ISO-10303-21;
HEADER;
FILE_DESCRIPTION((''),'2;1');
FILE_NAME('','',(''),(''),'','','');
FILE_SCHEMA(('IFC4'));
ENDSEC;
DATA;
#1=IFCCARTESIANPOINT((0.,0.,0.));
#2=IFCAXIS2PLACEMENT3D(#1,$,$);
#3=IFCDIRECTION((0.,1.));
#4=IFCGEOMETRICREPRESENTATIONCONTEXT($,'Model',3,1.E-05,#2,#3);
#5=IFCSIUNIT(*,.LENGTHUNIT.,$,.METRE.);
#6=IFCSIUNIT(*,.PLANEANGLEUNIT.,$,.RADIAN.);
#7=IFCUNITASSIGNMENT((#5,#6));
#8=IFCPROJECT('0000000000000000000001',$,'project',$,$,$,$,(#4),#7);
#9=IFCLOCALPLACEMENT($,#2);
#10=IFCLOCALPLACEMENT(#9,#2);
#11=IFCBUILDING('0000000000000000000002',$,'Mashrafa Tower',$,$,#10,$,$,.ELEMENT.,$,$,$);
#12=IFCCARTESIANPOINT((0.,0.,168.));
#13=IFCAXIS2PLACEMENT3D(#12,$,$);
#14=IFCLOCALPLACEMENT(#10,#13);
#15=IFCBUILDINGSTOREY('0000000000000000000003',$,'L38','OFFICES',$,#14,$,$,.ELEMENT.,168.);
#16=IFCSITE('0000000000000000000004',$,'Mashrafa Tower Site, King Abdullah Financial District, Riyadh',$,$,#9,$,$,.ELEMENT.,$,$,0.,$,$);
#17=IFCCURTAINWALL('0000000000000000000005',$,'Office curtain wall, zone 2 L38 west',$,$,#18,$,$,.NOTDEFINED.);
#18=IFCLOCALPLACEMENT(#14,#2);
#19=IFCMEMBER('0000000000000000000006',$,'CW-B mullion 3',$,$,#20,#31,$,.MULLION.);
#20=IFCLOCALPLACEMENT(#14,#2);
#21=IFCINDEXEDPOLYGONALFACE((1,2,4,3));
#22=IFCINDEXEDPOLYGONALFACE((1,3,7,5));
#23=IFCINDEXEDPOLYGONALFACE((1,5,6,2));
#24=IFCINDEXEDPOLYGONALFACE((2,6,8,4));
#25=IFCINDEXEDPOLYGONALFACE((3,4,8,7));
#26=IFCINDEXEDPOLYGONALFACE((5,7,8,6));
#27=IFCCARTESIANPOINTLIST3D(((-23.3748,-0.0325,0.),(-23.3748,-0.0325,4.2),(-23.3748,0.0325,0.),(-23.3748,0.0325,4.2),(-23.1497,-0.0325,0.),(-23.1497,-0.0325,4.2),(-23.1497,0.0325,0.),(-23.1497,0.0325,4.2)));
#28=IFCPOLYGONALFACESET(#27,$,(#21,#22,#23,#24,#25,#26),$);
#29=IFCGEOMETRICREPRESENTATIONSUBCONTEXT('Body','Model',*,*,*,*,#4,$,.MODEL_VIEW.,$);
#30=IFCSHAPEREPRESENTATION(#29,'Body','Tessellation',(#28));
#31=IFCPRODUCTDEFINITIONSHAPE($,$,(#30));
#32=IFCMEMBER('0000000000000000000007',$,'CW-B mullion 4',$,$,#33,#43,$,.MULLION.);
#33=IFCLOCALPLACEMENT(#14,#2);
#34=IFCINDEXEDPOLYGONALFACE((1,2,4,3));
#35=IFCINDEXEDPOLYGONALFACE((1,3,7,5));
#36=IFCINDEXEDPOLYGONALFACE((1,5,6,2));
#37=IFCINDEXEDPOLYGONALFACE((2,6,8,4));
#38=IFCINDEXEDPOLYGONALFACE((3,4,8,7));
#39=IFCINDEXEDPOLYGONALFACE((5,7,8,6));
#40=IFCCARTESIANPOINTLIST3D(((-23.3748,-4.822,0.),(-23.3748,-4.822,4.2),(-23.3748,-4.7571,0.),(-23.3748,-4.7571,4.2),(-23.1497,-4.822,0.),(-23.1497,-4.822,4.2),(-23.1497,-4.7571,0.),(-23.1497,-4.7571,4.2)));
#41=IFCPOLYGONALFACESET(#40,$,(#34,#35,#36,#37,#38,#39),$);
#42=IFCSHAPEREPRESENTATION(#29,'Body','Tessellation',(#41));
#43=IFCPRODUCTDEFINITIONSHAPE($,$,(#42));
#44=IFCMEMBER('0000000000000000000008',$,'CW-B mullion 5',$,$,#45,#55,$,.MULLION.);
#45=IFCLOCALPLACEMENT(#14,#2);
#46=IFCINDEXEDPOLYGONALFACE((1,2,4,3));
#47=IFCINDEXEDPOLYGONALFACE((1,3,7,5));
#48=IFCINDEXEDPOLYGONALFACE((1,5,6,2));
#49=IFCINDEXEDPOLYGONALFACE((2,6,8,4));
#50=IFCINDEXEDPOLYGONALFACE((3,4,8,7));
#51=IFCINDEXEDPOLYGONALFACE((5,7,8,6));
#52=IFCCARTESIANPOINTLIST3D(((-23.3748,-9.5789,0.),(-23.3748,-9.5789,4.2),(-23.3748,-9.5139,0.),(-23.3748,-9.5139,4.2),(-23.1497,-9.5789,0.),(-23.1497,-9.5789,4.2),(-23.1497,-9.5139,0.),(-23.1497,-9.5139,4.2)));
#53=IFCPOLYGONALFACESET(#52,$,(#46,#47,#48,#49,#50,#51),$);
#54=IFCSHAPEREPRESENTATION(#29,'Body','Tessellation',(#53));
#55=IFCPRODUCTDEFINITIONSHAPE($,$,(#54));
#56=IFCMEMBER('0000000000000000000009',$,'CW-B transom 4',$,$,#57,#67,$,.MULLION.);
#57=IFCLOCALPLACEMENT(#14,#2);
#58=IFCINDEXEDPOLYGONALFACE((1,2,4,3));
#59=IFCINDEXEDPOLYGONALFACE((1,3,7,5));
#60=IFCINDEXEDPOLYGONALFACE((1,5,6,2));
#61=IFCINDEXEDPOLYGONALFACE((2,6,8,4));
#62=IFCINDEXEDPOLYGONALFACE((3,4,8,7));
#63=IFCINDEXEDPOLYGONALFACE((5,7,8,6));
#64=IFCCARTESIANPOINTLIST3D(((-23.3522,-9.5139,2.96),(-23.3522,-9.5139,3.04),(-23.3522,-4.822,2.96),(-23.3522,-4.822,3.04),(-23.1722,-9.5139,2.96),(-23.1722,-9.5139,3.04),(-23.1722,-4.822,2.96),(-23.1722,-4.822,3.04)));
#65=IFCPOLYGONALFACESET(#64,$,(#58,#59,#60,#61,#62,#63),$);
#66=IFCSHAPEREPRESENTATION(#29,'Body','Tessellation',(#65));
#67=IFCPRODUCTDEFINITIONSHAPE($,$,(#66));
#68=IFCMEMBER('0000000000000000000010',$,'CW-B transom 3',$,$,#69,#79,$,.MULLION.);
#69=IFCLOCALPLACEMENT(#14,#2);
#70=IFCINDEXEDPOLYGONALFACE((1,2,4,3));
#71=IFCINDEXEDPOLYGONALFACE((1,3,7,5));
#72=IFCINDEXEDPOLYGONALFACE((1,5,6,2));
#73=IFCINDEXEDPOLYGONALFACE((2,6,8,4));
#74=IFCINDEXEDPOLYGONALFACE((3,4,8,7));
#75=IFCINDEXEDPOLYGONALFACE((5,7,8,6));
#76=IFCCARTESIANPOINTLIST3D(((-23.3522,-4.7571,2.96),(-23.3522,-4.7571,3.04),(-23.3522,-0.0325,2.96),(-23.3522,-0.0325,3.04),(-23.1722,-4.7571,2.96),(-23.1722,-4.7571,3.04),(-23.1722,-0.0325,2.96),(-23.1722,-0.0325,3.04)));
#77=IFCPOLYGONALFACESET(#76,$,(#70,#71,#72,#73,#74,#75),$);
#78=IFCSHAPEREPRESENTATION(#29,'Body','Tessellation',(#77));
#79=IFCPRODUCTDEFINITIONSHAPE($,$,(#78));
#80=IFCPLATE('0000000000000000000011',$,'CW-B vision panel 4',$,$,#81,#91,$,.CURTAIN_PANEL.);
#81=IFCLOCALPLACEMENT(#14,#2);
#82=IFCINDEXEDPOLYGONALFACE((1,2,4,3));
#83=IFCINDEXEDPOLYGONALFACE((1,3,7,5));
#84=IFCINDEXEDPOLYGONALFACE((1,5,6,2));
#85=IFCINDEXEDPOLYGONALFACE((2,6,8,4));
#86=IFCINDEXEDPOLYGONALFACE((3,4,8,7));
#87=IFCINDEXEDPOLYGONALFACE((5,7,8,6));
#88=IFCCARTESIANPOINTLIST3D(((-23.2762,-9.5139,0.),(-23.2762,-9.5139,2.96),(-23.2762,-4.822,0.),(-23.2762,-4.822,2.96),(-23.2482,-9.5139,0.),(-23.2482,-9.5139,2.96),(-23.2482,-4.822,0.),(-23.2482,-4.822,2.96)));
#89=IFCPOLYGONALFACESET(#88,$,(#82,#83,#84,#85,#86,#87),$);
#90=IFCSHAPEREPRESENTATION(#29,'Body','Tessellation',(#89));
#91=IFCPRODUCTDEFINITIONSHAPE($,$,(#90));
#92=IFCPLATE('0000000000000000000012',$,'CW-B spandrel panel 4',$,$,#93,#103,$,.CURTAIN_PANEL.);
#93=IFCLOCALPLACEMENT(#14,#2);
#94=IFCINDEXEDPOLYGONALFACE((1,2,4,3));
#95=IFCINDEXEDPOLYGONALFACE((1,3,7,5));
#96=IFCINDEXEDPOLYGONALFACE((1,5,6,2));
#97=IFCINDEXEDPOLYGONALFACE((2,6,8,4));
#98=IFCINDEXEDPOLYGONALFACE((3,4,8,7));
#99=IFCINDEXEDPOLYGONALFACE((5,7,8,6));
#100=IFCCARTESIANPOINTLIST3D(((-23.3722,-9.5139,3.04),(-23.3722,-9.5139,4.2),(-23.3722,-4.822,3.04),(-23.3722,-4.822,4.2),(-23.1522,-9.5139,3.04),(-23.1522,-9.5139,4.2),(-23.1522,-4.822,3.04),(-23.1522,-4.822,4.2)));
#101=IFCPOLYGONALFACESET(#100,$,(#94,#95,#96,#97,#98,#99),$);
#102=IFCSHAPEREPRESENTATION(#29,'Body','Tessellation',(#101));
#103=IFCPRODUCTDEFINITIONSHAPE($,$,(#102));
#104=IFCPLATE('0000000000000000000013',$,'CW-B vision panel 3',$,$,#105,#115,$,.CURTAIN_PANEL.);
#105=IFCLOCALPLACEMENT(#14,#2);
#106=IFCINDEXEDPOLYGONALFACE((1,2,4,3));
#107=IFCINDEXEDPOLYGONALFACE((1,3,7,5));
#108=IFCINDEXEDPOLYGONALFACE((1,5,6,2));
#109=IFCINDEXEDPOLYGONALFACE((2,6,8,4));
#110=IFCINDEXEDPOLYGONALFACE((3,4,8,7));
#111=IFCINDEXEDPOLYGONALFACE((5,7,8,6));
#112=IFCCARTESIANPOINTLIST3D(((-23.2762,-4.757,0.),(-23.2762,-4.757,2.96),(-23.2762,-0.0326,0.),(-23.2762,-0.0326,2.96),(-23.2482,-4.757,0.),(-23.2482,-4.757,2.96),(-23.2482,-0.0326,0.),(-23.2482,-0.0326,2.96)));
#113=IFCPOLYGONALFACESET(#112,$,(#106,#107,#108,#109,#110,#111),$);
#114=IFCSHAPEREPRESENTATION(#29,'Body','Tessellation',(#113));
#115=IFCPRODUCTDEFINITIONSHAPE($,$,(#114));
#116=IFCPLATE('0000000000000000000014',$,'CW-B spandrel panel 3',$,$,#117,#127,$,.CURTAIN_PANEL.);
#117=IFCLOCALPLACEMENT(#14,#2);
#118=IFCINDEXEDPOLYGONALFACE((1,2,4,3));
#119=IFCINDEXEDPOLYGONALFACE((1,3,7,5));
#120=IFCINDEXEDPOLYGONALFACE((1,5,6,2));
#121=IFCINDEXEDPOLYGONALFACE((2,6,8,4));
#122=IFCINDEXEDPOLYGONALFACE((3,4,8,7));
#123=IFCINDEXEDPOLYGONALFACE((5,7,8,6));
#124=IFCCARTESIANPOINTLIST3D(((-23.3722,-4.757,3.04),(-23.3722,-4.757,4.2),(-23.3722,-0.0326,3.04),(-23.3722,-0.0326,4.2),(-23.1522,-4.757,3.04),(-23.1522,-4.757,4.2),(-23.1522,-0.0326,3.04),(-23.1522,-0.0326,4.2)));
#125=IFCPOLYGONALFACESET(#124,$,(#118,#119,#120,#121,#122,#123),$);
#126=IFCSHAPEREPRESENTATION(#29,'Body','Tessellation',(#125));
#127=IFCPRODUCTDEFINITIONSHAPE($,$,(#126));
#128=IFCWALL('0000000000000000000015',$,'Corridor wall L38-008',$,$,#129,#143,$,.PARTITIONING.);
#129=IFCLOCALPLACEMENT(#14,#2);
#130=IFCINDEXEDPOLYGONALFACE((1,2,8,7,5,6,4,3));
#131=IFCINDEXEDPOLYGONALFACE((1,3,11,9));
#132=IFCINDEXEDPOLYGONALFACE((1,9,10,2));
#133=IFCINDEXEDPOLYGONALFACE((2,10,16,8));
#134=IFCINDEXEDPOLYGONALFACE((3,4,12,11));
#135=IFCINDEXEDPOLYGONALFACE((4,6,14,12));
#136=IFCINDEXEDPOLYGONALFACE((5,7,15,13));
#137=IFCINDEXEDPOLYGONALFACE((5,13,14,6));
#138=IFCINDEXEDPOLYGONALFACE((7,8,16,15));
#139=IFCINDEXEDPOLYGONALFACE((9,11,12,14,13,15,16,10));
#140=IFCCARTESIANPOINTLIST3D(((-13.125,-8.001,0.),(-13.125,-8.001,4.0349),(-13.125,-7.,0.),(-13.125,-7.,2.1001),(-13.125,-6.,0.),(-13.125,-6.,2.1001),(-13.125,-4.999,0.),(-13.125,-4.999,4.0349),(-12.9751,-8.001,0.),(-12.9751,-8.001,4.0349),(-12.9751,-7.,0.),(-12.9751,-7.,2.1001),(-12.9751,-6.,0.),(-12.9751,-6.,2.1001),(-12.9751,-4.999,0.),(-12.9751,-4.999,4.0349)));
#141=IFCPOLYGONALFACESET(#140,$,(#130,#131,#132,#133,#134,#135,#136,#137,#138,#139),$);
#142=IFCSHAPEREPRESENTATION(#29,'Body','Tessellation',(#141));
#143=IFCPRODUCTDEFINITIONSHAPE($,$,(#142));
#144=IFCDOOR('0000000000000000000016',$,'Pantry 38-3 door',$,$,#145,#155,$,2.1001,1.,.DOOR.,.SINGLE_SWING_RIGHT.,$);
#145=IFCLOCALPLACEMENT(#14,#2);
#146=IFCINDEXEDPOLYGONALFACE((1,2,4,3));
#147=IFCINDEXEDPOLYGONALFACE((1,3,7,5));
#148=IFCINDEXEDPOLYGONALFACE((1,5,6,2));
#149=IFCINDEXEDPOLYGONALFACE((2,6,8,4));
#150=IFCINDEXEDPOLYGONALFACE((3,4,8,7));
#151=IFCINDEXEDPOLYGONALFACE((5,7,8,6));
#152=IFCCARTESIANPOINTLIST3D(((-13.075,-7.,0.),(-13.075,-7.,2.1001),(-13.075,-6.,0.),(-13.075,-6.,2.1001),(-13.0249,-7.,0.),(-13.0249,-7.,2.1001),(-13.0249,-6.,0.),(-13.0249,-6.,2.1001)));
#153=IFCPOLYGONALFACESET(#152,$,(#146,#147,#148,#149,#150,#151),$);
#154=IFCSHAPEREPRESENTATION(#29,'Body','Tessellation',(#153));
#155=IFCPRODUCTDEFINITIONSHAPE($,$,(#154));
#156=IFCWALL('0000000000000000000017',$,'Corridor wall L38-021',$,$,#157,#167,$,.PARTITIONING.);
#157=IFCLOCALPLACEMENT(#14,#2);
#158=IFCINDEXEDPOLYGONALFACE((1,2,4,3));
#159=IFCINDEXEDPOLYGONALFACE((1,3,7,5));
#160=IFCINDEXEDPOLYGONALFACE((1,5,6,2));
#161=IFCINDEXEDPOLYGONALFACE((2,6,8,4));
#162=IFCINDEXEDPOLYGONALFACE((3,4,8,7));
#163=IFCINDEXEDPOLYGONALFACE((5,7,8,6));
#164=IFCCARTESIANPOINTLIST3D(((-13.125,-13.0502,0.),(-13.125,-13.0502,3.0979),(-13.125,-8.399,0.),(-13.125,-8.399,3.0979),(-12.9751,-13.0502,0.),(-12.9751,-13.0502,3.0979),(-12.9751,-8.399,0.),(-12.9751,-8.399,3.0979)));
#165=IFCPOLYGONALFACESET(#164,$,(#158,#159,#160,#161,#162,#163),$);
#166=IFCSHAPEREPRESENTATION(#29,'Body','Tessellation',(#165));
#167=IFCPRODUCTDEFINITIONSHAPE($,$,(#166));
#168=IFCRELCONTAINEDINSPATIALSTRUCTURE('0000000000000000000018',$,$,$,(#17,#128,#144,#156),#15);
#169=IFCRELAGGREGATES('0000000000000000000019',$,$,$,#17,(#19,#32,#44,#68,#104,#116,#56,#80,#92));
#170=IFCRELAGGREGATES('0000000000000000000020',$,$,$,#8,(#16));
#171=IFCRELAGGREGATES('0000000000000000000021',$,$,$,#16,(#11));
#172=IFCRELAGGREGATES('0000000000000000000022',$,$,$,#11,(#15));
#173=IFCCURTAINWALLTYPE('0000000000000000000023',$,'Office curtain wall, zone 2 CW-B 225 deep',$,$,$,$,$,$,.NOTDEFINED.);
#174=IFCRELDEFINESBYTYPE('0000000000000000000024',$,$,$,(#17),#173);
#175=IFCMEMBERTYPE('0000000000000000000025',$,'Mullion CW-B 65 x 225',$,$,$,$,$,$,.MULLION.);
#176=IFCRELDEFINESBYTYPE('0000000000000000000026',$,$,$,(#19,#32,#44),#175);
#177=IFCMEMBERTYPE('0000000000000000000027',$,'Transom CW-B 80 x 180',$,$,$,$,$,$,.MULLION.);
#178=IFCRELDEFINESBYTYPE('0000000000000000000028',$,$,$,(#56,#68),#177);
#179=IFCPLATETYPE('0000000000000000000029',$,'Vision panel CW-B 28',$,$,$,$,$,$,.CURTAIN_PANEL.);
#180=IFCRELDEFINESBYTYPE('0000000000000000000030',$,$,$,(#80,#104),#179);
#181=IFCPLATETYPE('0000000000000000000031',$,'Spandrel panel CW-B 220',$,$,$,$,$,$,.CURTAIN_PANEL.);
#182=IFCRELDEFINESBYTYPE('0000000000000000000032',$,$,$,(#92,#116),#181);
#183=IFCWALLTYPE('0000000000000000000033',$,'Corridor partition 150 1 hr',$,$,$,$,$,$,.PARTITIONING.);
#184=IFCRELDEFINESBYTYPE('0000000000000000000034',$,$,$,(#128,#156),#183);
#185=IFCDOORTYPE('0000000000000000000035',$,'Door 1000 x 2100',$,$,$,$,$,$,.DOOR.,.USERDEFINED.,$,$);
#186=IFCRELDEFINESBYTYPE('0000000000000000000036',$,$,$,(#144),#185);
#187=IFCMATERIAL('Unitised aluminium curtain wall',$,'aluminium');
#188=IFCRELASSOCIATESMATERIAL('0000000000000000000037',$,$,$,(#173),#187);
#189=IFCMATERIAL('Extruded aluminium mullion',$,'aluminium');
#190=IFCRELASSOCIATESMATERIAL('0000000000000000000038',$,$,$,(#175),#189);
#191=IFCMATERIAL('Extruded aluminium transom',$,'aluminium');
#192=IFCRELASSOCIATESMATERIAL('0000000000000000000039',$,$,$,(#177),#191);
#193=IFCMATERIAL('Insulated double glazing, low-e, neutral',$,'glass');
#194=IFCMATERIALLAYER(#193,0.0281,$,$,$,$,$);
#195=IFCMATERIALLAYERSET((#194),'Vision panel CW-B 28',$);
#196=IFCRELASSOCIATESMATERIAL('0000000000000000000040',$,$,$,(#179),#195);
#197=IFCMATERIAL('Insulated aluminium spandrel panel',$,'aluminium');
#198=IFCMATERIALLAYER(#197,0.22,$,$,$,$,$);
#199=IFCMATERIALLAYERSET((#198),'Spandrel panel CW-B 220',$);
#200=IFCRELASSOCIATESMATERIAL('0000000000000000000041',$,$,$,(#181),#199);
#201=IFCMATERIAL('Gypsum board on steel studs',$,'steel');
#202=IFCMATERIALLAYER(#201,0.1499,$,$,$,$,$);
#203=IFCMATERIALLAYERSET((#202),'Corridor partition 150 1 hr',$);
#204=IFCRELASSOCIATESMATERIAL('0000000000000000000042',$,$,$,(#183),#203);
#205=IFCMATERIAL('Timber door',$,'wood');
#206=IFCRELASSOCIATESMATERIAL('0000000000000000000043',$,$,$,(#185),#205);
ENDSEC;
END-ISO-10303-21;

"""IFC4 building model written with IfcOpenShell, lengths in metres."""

from ifc_helpers import new_model, si_unit, direction, frame, frame_2d, origin, origin_2d, place, context, subcontext, project, spatial, rectangle, extrude, source, transform, mapped, material, layer, layer_set, material_profile, profile_set, type_object, type_shapes, element, fill, aggregate, save


model = new_model("IFC4")

# Units and contexts
model_context = context("Model", 3, precision=1e-05, world=origin(), true_north=direction((0.0, 1.0)))
body_context = subcontext(model_context, "Body", "Model", "MODEL_VIEW")
ifc_project = project(units=[si_unit("LENGTHUNIT", "METRE"), si_unit("PLANEANGLEUNIT", "RADIAN")], contexts=[model_context])

# Site, building, storey
site_placement = place(None, origin())
site = spatial("IfcSite", under=ifc_project, at=site_placement, Name="Mashrafa Tower Site, King Abdullah Financial District, Riyadh", CompositionType="ELEMENT", RefElevation=0.0)
building_placement = place(site_placement, origin())
building = spatial("IfcBuilding", under=site, at=building_placement, Name="Mashrafa Tower", CompositionType="ELEMENT")
storey_placement = place(building_placement, frame((0.0, 0.0, 168.0)))
storey = spatial("IfcBuildingStorey", under=building, at=storey_placement, Name="L38", Description="OFFICES", CompositionType="ELEMENT", Elevation=168.0)

# Curtain wall, members, plates
ifc_material_1 = material(Name="Unitised aluminium curtain wall", Category="aluminium")
curtain_wall_type = type_object("IfcCurtainWallType", Name="Office curtain wall, zone 2 CW-B 225 deep", PredefinedType="NOTDEFINED", material=ifc_material_1)
curtain_wall_placement = place(storey_placement, origin())
curtain_wall = element("IfcCurtainWall", 1, at=curtain_wall_placement, inside=storey, type_object=curtain_wall_type, Name="Office curtain wall, zone 2 L38 west", PredefinedType="NOTDEFINED")
ifc_material_2 = material(Name="Extruded aluminium mullion", Category="aluminium")
ifc_material_profile_1 = material_profile(ifc_material_2, rectangle(XDim=0.2251, YDim=0.0649, at=origin_2d()), Name="Mullion 65x225")
ifc_profile_set_1 = profile_set([ifc_material_profile_1], Name="Extruded aluminium mullion")
member_type_1 = type_object("IfcMemberType", Name="Mullion CW-B 65 x 225", PredefinedType="MULLION", material=ifc_profile_set_1)
shared_shape_1 = source(origin(), body_context, "Body", "SweptSolid", [
    extrude(rectangle(XDim=0.2251, YDim=0.0649, at=origin_2d()), origin(), (0.0, 0.0, 1.0), 4.2),
])
type_shapes(member_type_1, [shared_shape_1])
member_1_placement = place(storey_placement, frame((-23.2622, 0.0, 0.0), z_axis=(0.0, 0.0, 1.0), x_axis=(1.0, 0.0, 0.0)))
member_1 = element("IfcMember", 2, at=member_1_placement, type_object=member_type_1, Name="CW-B mullion 3", PredefinedType="MULLION", context=body_context, shape_type="MappedRepresentation", body=[
    mapped(shared_shape_1, transform((0.0, 0.0, 0.0))),
])
member_2_placement = place(storey_placement, frame((-23.2622, -4.7896, 0.0), z_axis=(0.0, 0.0, 1.0), x_axis=(1.0, 0.0, 0.0)))
member_2 = element("IfcMember", 3, at=member_2_placement, type_object=member_type_1, Name="CW-B mullion 4", PredefinedType="MULLION", context=body_context, shape_type="MappedRepresentation", body=[
    mapped(shared_shape_1, transform((0.0, 0.0, 0.0))),
])
member_3_placement = place(storey_placement, frame((-23.2622, -9.5464, 0.0), z_axis=(0.0, 0.0, 1.0), x_axis=(1.0, 0.0, 0.0)))
member_3 = element("IfcMember", 4, at=member_3_placement, type_object=member_type_1, Name="CW-B mullion 5", PredefinedType="MULLION", context=body_context, shape_type="MappedRepresentation", body=[
    mapped(shared_shape_1, transform((0.0, 0.0, 0.0))),
])
ifc_material_3 = material(Name="Extruded aluminium transom", Category="aluminium")
ifc_material_profile_2 = material_profile(ifc_material_3, rectangle(XDim=0.1799, YDim=0.0801, at=origin_2d()), Name="Transom 80x180")
ifc_profile_set_2 = profile_set([ifc_material_profile_2], Name="Extruded aluminium transom")
member_type_2 = type_object("IfcMemberType", Name="Transom CW-B 80 x 180", PredefinedType="MULLION", material=ifc_profile_set_2)
shared_shape_2 = source(origin(), body_context, "Body", "SweptSolid", [
    extrude(rectangle(XDim=0.1799, YDim=0.0801, at=origin_2d()), origin(), (0.0, 0.0, 1.0), 4.6919),
])
member_4_placement = place(storey_placement, frame((-23.2622, -4.822, 3.0), z_axis=(0.0, -1.0, 0.0), x_axis=(1.0, 0.0, 0.0)))
member_4 = element("IfcMember", 5, at=member_4_placement, type_object=member_type_2, Name="CW-B transom 4", PredefinedType="MULLION", context=body_context, shape_type="MappedRepresentation", body=[
    mapped(shared_shape_2, transform((0.0, 0.0, 0.0))),
])
shared_shape_3 = source(origin(), body_context, "Body", "SweptSolid", [
    extrude(rectangle(XDim=0.1799, YDim=0.0801, at=origin_2d()), origin(), (0.0, 0.0, 1.0), 4.7246),
])
type_shapes(member_type_2, [shared_shape_2, shared_shape_3])
member_5_placement = place(storey_placement, frame((-23.2622, -0.0325, 3.0), z_axis=(0.0, -1.0, 0.0), x_axis=(1.0, 0.0, 0.0)))
member_5 = element("IfcMember", 6, at=member_5_placement, type_object=member_type_2, Name="CW-B transom 3", PredefinedType="MULLION", context=body_context, shape_type="MappedRepresentation", body=[
    mapped(shared_shape_3, transform((0.0, 0.0, 0.0))),
])
ifc_material_4 = material(Name="Insulated double glazing, low-e, neutral", Category="glass")
ifc_layer_1 = layer(ifc_material_4, 0.0281)
ifc_layer_set_1 = layer_set([ifc_layer_1], Name="Vision panel CW-B 28")
plate_type_1 = type_object("IfcPlateType", Name="Vision panel CW-B 28", PredefinedType="CURTAIN_PANEL", material=ifc_layer_set_1)
shared_shape_4 = source(origin(), body_context, "Body", "SweptSolid", [
    extrude(rectangle(XDim=4.6919, YDim=0.0281, at=origin_2d()), origin(), (0.0, 0.0, 1.0), 2.96),
])
plate_1_placement = place(storey_placement, frame((-23.2622, -7.168, 0.0), z_axis=(0.0, 0.0, 1.0), x_axis=(0.0, -1.0, 0.0)))
plate_1 = element("IfcPlate", 7, at=plate_1_placement, type_object=plate_type_1, Name="CW-B vision panel 4", PredefinedType="CURTAIN_PANEL", context=body_context, shape_type="MappedRepresentation", body=[
    mapped(shared_shape_4, transform((0.0, 0.0, 0.0))),
])
ifc_material_5 = material(Name="Insulated aluminium spandrel panel", Category="aluminium")
ifc_layer_2 = layer(ifc_material_5, 0.22)
ifc_layer_set_2 = layer_set([ifc_layer_2], Name="Spandrel panel CW-B 220")
plate_type_2 = type_object("IfcPlateType", Name="Spandrel panel CW-B 220", PredefinedType="CURTAIN_PANEL", material=ifc_layer_set_2)
shared_shape_5 = source(origin(), body_context, "Body", "SweptSolid", [
    extrude(rectangle(XDim=4.6919, YDim=0.22, at=origin_2d()), origin(), (0.0, 0.0, 1.0), 1.1599),
])
plate_2_placement = place(storey_placement, frame((-23.2622, -7.168, 3.04), z_axis=(0.0, 0.0, 1.0), x_axis=(0.0, -1.0, 0.0)))
plate_2 = element("IfcPlate", 8, at=plate_2_placement, type_object=plate_type_2, Name="CW-B spandrel panel 4", PredefinedType="CURTAIN_PANEL", context=body_context, shape_type="MappedRepresentation", body=[
    mapped(shared_shape_5, transform((0.0, 0.0, 0.0))),
])
shared_shape_6 = source(origin(), body_context, "Body", "SweptSolid", [
    extrude(rectangle(XDim=4.7244, YDim=0.0281, at=origin_2d()), origin(), (0.0, 0.0, 1.0), 2.96),
])
type_shapes(plate_type_1, [shared_shape_4, shared_shape_6])
plate_3_placement = place(storey_placement, frame((-23.2622, -2.3948, 0.0), z_axis=(0.0, 0.0, 1.0), x_axis=(0.0, -1.0, 0.0)))
plate_3 = element("IfcPlate", 9, at=plate_3_placement, type_object=plate_type_1, Name="CW-B vision panel 3", PredefinedType="CURTAIN_PANEL", context=body_context, shape_type="MappedRepresentation", body=[
    mapped(shared_shape_6, transform((0.0, 0.0, 0.0))),
])
shared_shape_7 = source(origin(), body_context, "Body", "SweptSolid", [
    extrude(rectangle(XDim=4.7244, YDim=0.22, at=origin_2d()), origin(), (0.0, 0.0, 1.0), 1.1599),
])
type_shapes(plate_type_2, [shared_shape_5, shared_shape_7])
plate_4_placement = place(storey_placement, frame((-23.2622, -2.3948, 3.04), z_axis=(0.0, 0.0, 1.0), x_axis=(0.0, -1.0, 0.0)))
plate_4 = element("IfcPlate", 10, at=plate_4_placement, type_object=plate_type_2, Name="CW-B spandrel panel 3", PredefinedType="CURTAIN_PANEL", context=body_context, shape_type="MappedRepresentation", body=[
    mapped(shared_shape_7, transform((0.0, 0.0, 0.0))),
])
aggregate(curtain_wall, [member_1, member_2, member_3, member_5, plate_3, plate_4, member_4, plate_1, plate_2])

# Wall, opening, door
ifc_material_6 = material(Name="Gypsum board on steel studs", Category="steel")
ifc_layer_3 = layer(ifc_material_6, 0.1499)
ifc_layer_set_3 = layer_set([ifc_layer_3], Name="Corridor partition 150 1 hr")
wall_type_1 = type_object("IfcWallType", Name="Corridor partition 150 1 hr", PredefinedType="PARTITIONING", material=ifc_layer_set_3)
wall_1_placement = place(storey_placement, frame((-13.05, -4.999, 0.0), z_axis=(0.0, 0.0, 1.0), x_axis=(0.0, -1.0, 0.0)))
wall_1 = element("IfcWall", 11, at=wall_1_placement, inside=storey, type_object=wall_type_1, Name="Corridor wall L38-008", PredefinedType="PARTITIONING", context=body_context, shape_type="SweptSolid", body=[
    extrude(rectangle(XDim=3.002, YDim=0.1499, at=frame_2d((1.501, 0.0))), origin(), (0.0, 0.0, 1.0), 4.0349),
])
opening_1_placement = place(wall_1_placement, frame((1.001, 0.0, 0.0)))
opening_1 = element("IfcOpeningElement", 12, at=opening_1_placement, cuts=wall_1, PredefinedType="OPENING", context=body_context, shape_type="SweptSolid", body=[
    extrude(rectangle(XDim=1.0, YDim=2.1001, at=frame_2d((0.5, 1.05))), frame((0.0, 0.085, 0.0), z_axis=(0.0, -1.0, 0.0), x_axis=(1.0, 0.0, 0.0)), (0.0, 0.0, 1.0), 0.1699),
])
ifc_material_7 = material(Name="Timber door", Category="wood")
door_type_1 = type_object("IfcDoorType", Name="Door 1000 x 2100", OperationType="USERDEFINED", PredefinedType="DOOR", material=ifc_material_7)
door_1_placement = place(opening_1_placement, frame((1.0, 0.0, 0.0), z_axis=(0.0, 0.0, 1.0), x_axis=(-1.0, 0.0, 0.0)))
door_1 = element("IfcDoor", 13, at=door_1_placement, inside=storey, type_object=door_type_1, Name="Pantry 38-3 door", OperationType="SINGLE_SWING_RIGHT", OverallHeight=2.1001, OverallWidth=1.0, PredefinedType="DOOR", context=body_context, shape_type="SweptSolid", body=[
    extrude(rectangle(XDim=1.0, YDim=2.1001, at=frame_2d((0.5, 1.05))), frame((0.0, 0.0249, 0.0), z_axis=(0.0, -1.0, 0.0), x_axis=(1.0, 0.0, 0.0)), (0.0, 0.0, 1.0), 0.05),
])
fill(opening_1, door_1)

# Wall
wall_2_placement = place(storey_placement, frame((-13.05, -8.3989, 0.0), z_axis=(0.0, 0.0, 1.0), x_axis=(0.0, -1.0, 0.0)))
element("IfcWall", 14, at=wall_2_placement, inside=storey, type_object=wall_type_1, Name="Corridor wall L38-021", PredefinedType="PARTITIONING", context=body_context, shape_type="SweptSolid", body=[
    extrude(rectangle(XDim=4.6511, YDim=0.1499, at=frame_2d((2.3257, 0.0))), origin(), (0.0, 0.0, 1.0), 3.0979),
])

save(model, "model.ifc")
